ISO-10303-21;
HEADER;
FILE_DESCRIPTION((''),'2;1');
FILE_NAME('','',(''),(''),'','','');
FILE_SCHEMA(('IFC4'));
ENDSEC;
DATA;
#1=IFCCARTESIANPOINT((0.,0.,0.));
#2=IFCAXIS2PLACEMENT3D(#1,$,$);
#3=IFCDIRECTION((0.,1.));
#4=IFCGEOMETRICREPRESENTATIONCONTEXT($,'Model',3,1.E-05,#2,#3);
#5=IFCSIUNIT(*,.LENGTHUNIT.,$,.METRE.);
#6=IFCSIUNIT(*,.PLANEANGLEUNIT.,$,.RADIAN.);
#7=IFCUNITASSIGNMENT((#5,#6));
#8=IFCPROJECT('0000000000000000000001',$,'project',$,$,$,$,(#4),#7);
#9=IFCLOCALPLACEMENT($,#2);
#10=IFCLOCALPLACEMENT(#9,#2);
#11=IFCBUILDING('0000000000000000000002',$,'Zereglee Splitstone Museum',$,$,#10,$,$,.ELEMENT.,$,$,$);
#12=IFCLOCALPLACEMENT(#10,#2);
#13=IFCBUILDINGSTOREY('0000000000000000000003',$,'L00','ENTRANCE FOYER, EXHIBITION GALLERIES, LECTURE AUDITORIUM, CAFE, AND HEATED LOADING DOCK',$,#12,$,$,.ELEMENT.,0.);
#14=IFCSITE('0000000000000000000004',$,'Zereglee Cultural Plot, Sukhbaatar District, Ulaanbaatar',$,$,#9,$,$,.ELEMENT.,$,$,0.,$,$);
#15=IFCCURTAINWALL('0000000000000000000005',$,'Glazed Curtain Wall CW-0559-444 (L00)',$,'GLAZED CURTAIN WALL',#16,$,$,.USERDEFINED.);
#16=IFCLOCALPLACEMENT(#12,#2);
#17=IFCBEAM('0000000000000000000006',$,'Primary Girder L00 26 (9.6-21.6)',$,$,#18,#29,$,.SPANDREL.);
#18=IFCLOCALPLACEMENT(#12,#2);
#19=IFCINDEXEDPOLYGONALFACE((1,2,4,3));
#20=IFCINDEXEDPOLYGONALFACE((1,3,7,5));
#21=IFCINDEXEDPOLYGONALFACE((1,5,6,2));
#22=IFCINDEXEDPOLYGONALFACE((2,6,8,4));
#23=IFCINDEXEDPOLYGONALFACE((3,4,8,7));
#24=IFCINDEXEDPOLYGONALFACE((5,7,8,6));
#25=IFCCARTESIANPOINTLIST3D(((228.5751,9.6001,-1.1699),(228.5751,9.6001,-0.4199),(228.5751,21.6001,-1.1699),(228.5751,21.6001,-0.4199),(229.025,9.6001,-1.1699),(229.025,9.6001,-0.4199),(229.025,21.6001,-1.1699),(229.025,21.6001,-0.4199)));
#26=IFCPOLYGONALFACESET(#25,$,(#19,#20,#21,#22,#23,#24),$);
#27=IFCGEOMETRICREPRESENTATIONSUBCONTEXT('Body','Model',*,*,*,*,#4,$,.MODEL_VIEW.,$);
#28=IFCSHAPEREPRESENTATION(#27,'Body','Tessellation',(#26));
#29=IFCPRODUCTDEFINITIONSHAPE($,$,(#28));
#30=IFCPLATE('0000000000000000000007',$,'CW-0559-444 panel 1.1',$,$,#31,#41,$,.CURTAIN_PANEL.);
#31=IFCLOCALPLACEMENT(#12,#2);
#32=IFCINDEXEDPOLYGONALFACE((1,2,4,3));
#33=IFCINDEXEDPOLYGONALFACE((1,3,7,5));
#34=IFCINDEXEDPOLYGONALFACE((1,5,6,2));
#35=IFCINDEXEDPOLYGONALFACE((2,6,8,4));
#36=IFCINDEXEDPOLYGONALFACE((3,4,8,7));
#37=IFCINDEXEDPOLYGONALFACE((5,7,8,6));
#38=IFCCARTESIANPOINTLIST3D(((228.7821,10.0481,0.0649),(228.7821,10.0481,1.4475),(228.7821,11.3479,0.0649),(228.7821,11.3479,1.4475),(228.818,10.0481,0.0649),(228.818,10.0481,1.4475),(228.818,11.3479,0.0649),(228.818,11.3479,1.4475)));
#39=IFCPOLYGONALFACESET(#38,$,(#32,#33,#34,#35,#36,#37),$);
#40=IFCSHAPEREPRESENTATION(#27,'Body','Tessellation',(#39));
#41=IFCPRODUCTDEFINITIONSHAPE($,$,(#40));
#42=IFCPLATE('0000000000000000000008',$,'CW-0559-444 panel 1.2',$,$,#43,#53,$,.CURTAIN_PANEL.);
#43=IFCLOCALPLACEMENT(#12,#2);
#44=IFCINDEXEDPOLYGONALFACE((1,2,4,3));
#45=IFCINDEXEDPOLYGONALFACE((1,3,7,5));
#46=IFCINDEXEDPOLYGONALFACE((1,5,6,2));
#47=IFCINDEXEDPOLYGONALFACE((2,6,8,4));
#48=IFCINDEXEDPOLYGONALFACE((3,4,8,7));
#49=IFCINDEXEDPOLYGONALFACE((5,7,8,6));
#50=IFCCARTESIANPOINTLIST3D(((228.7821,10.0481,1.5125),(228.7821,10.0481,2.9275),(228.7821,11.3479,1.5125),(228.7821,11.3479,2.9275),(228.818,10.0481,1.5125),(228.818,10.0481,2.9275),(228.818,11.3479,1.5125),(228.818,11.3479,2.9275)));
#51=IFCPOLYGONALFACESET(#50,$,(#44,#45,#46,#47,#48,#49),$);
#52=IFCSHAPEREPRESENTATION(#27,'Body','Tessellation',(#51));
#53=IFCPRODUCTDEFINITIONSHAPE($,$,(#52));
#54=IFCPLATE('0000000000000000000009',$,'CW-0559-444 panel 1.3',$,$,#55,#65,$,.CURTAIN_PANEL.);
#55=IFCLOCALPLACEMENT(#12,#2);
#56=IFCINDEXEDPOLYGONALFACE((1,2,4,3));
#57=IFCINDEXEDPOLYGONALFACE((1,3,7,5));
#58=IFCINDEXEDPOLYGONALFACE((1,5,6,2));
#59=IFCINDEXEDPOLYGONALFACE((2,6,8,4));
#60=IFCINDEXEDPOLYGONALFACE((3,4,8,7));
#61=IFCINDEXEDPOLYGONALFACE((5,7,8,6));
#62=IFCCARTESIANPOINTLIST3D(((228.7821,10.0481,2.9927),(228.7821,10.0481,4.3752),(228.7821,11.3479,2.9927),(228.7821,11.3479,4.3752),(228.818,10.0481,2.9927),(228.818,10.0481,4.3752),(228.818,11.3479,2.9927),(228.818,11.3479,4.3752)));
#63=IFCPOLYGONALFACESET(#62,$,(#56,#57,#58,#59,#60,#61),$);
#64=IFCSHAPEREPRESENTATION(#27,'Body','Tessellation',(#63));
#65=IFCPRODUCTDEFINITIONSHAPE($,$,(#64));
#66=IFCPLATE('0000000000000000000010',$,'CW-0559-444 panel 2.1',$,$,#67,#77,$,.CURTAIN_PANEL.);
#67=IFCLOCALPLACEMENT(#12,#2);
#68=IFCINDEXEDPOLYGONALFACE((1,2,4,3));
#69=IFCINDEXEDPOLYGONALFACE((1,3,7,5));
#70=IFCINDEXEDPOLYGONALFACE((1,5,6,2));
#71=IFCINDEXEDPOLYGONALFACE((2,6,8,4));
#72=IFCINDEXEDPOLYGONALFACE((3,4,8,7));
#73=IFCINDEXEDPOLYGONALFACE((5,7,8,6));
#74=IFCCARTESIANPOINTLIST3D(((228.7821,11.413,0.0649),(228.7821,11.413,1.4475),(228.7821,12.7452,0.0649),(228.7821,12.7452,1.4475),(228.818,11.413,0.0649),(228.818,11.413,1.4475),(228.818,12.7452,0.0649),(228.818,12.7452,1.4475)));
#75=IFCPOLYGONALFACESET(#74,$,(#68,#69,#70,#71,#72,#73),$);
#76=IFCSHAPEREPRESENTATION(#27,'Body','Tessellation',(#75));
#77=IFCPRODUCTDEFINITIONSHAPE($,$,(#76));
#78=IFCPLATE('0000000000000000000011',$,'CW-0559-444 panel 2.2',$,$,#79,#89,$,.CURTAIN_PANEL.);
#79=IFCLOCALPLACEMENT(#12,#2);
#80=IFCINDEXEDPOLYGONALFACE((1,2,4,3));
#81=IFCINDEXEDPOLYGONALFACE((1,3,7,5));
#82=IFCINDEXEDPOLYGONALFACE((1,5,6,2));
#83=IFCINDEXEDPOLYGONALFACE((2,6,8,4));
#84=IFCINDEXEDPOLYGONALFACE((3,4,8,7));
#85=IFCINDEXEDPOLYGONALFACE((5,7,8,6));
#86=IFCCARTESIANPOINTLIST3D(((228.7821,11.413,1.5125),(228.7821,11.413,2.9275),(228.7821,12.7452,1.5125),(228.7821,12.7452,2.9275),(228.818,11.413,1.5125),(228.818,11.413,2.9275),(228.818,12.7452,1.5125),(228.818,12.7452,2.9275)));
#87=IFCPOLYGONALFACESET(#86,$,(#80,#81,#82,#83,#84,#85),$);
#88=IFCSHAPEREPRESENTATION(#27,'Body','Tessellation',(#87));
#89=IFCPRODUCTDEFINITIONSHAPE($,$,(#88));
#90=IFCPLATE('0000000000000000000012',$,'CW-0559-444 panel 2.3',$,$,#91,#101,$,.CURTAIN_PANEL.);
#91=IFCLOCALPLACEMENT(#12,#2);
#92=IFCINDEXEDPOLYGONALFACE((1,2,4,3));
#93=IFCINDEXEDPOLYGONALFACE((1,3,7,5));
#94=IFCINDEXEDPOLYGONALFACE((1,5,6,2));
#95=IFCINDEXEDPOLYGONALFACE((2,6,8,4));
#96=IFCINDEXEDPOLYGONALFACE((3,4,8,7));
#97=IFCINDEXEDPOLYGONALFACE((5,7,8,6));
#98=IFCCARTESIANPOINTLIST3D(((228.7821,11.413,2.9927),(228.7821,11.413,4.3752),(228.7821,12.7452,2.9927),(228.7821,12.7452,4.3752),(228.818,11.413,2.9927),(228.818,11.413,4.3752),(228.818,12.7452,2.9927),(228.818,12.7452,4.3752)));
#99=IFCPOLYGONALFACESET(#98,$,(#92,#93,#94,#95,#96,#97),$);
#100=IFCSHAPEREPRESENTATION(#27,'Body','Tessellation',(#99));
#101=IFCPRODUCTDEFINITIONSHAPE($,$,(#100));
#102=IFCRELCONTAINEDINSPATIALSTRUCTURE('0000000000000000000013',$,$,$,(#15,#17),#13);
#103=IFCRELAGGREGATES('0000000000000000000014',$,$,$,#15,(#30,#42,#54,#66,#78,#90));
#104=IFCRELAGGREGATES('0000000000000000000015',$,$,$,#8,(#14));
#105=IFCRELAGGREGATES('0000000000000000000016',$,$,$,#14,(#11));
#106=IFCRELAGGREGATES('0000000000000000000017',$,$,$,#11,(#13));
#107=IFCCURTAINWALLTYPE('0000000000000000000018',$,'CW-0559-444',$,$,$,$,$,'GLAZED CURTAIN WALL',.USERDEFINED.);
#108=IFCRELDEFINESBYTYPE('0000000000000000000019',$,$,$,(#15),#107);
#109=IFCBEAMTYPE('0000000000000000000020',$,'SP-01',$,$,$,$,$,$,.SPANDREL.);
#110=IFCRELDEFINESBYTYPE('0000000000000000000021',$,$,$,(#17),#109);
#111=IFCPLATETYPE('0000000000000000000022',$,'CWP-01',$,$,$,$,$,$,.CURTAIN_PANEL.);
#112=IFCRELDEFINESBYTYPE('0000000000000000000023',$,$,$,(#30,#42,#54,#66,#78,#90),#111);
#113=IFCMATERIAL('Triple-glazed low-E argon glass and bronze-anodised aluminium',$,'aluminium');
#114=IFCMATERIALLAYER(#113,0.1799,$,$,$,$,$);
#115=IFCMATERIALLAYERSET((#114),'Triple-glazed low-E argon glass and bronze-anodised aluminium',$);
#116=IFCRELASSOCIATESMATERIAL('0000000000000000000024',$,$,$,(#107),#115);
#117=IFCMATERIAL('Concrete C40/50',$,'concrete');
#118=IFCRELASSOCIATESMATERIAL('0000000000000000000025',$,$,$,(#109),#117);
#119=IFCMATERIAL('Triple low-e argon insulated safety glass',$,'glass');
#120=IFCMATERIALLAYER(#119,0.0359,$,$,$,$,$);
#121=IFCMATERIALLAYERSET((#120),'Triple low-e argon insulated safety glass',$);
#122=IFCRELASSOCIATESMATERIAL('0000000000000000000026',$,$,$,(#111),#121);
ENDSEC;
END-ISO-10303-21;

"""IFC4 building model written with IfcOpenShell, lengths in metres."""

from ifc_helpers import new_model, si_unit, direction, frame, origin, origin_2d, place, context, subcontext, project, spatial, rectangle, extrude, material, layer, layer_set, material_profile, profile_set, type_object, element, aggregate, save


model = new_model("IFC4")

# Units and contexts
model_context = context("Model", 3, precision=1e-05, world=origin(), true_north=direction((0.0, 1.0)))
body_context = subcontext(model_context, "Body", "Model", "MODEL_VIEW")
ifc_project = project(units=[si_unit("LENGTHUNIT", "METRE"), si_unit("PLANEANGLEUNIT", "RADIAN")], contexts=[model_context])

# Site, building, storey
site_placement = place(None, origin())
site = spatial("IfcSite", under=ifc_project, at=site_placement, Name="Zereglee Cultural Plot, Sukhbaatar District, Ulaanbaatar", CompositionType="ELEMENT", RefElevation=0.0)
building_placement = place(site_placement, origin())
building = spatial("IfcBuilding", under=site, at=building_placement, Name="Zereglee Splitstone Museum", CompositionType="ELEMENT")
storey_placement = place(building_placement, origin())
storey = spatial("IfcBuildingStorey", under=building, at=storey_placement, Name="L00", Description="ENTRANCE FOYER, EXHIBITION GALLERIES, LECTURE AUDITORIUM, CAFE, AND HEATED LOADING DOCK", CompositionType="ELEMENT", Elevation=0.0)

# Curtain wall
ifc_material_1 = material(Name="Triple-glazed low-E argon glass and bronze-anodised aluminium", Category="aluminium")
ifc_layer_1 = layer(ifc_material_1, 0.1799)
ifc_layer_set_1 = layer_set([ifc_layer_1], Name="Triple-glazed low-E argon glass and bronze-anodised aluminium")
curtain_wall_type = type_object("IfcCurtainWallType", Name="CW-0559-444", ElementType="GLAZED CURTAIN WALL", PredefinedType="USERDEFINED", material=ifc_layer_set_1)
curtain_wall_placement = place(storey_placement, origin())
curtain_wall = element("IfcCurtainWall", 1, at=curtain_wall_placement, inside=storey, type_object=curtain_wall_type, Name="Glazed Curtain Wall CW-0559-444 (L00)", ObjectType="GLAZED CURTAIN WALL", PredefinedType="USERDEFINED")

# Beam
ifc_material_2 = material(Name="Concrete C40/50", Category="concrete")
ifc_material_profile_1 = material_profile(ifc_material_2, rectangle(XDim=0.45, YDim=0.75, at=origin_2d()), Name="RC 450x750")
ifc_profile_set_1 = profile_set([ifc_material_profile_1], Name="Concrete C40/50")
beam_type = type_object("IfcBeamType", Name="SP-01", PredefinedType="SPANDREL", material=ifc_profile_set_1)
beam_placement = place(storey_placement, frame((228.8, 9.6001, -0.7949), z_axis=(0.0, 1.0, 0.0), x_axis=(-1.0, 0.0, 0.0)))
element("IfcBeam", 2, at=beam_placement, inside=storey, type_object=beam_type, Name="Primary Girder L00 26 (9.6-21.6)", PredefinedType="SPANDREL", context=body_context, shape_type="SweptSolid", body=[
    extrude(rectangle(XDim=0.45, YDim=0.75, at=origin_2d()), origin(), (0.0, 0.0, 1.0), 12.0),
])

# Plates
ifc_material_3 = material(Name="Triple low-e argon insulated safety glass", Category="glass")
ifc_layer_2 = layer(ifc_material_3, 0.0359)
ifc_layer_set_2 = layer_set([ifc_layer_2], Name="Triple low-e argon insulated safety glass")
plate_type = type_object("IfcPlateType", Name="CWP-01", PredefinedType="CURTAIN_PANEL", material=ifc_layer_set_2)
plate_1_placement = place(storey_placement, frame((228.8, 10.698, 0.0649), z_axis=(0.0, 0.0, 1.0), x_axis=(0.0, 1.0, 0.0)))
plate_1 = element("IfcPlate", 3, at=plate_1_placement, type_object=plate_type, Name="CW-0559-444 panel 1.1", PredefinedType="CURTAIN_PANEL", context=body_context, shape_type="SweptSolid", body=[
    extrude(rectangle(XDim=1.2998, YDim=0.0359, at=origin_2d()), origin(), (0.0, 0.0, 1.0), 1.3826),
])
plate_2_placement = place(storey_placement, frame((228.8, 10.698, 1.5125), z_axis=(0.0, 0.0, 1.0), x_axis=(0.0, 1.0, 0.0)))
plate_2 = element("IfcPlate", 4, at=plate_2_placement, type_object=plate_type, Name="CW-0559-444 panel 1.2", PredefinedType="CURTAIN_PANEL", context=body_context, shape_type="SweptSolid", body=[
    extrude(rectangle(XDim=1.2998, YDim=0.0359, at=origin_2d()), origin(), (0.0, 0.0, 1.0), 1.415),
])
plate_3_placement = place(storey_placement, frame((228.8, 10.698, 2.9927), z_axis=(0.0, 0.0, 1.0), x_axis=(0.0, 1.0, 0.0)))
plate_3 = element("IfcPlate", 5, at=plate_3_placement, type_object=plate_type, Name="CW-0559-444 panel 1.3", PredefinedType="CURTAIN_PANEL", context=body_context, shape_type="SweptSolid", body=[
    extrude(rectangle(XDim=1.2998, YDim=0.0359, at=origin_2d()), origin(), (0.0, 0.0, 1.0), 1.3826),
])
plate_4_placement = place(storey_placement, frame((228.8, 12.0791, 0.0649), z_axis=(0.0, 0.0, 1.0), x_axis=(0.0, 1.0, 0.0)))
plate_4 = element("IfcPlate", 6, at=plate_4_placement, type_object=plate_type, Name="CW-0559-444 panel 2.1", PredefinedType="CURTAIN_PANEL", context=body_context, shape_type="SweptSolid", body=[
    extrude(rectangle(XDim=1.3323, YDim=0.0359, at=origin_2d()), origin(), (0.0, 0.0, 1.0), 1.3826),
])
plate_5_placement = place(storey_placement, frame((228.8, 12.0791, 1.5125), z_axis=(0.0, 0.0, 1.0), x_axis=(0.0, 1.0, 0.0)))
plate_5 = element("IfcPlate", 7, at=plate_5_placement, type_object=plate_type, Name="CW-0559-444 panel 2.2", PredefinedType="CURTAIN_PANEL", context=body_context, shape_type="SweptSolid", body=[
    extrude(rectangle(XDim=1.3323, YDim=0.0359, at=origin_2d()), origin(), (0.0, 0.0, 1.0), 1.415),
])
plate_6_placement = place(storey_placement, frame((228.8, 12.0791, 2.9927), z_axis=(0.0, 0.0, 1.0), x_axis=(0.0, 1.0, 0.0)))
plate_6 = element("IfcPlate", 8, at=plate_6_placement, type_object=plate_type, Name="CW-0559-444 panel 2.3", PredefinedType="CURTAIN_PANEL", context=body_context, shape_type="SweptSolid", body=[
    extrude(rectangle(XDim=1.3323, YDim=0.0359, at=origin_2d()), origin(), (0.0, 0.0, 1.0), 1.3826),
])
aggregate(curtain_wall, [plate_1, plate_2, plate_3, plate_4, plate_5, plate_6])

save(model, "model.ifc")
